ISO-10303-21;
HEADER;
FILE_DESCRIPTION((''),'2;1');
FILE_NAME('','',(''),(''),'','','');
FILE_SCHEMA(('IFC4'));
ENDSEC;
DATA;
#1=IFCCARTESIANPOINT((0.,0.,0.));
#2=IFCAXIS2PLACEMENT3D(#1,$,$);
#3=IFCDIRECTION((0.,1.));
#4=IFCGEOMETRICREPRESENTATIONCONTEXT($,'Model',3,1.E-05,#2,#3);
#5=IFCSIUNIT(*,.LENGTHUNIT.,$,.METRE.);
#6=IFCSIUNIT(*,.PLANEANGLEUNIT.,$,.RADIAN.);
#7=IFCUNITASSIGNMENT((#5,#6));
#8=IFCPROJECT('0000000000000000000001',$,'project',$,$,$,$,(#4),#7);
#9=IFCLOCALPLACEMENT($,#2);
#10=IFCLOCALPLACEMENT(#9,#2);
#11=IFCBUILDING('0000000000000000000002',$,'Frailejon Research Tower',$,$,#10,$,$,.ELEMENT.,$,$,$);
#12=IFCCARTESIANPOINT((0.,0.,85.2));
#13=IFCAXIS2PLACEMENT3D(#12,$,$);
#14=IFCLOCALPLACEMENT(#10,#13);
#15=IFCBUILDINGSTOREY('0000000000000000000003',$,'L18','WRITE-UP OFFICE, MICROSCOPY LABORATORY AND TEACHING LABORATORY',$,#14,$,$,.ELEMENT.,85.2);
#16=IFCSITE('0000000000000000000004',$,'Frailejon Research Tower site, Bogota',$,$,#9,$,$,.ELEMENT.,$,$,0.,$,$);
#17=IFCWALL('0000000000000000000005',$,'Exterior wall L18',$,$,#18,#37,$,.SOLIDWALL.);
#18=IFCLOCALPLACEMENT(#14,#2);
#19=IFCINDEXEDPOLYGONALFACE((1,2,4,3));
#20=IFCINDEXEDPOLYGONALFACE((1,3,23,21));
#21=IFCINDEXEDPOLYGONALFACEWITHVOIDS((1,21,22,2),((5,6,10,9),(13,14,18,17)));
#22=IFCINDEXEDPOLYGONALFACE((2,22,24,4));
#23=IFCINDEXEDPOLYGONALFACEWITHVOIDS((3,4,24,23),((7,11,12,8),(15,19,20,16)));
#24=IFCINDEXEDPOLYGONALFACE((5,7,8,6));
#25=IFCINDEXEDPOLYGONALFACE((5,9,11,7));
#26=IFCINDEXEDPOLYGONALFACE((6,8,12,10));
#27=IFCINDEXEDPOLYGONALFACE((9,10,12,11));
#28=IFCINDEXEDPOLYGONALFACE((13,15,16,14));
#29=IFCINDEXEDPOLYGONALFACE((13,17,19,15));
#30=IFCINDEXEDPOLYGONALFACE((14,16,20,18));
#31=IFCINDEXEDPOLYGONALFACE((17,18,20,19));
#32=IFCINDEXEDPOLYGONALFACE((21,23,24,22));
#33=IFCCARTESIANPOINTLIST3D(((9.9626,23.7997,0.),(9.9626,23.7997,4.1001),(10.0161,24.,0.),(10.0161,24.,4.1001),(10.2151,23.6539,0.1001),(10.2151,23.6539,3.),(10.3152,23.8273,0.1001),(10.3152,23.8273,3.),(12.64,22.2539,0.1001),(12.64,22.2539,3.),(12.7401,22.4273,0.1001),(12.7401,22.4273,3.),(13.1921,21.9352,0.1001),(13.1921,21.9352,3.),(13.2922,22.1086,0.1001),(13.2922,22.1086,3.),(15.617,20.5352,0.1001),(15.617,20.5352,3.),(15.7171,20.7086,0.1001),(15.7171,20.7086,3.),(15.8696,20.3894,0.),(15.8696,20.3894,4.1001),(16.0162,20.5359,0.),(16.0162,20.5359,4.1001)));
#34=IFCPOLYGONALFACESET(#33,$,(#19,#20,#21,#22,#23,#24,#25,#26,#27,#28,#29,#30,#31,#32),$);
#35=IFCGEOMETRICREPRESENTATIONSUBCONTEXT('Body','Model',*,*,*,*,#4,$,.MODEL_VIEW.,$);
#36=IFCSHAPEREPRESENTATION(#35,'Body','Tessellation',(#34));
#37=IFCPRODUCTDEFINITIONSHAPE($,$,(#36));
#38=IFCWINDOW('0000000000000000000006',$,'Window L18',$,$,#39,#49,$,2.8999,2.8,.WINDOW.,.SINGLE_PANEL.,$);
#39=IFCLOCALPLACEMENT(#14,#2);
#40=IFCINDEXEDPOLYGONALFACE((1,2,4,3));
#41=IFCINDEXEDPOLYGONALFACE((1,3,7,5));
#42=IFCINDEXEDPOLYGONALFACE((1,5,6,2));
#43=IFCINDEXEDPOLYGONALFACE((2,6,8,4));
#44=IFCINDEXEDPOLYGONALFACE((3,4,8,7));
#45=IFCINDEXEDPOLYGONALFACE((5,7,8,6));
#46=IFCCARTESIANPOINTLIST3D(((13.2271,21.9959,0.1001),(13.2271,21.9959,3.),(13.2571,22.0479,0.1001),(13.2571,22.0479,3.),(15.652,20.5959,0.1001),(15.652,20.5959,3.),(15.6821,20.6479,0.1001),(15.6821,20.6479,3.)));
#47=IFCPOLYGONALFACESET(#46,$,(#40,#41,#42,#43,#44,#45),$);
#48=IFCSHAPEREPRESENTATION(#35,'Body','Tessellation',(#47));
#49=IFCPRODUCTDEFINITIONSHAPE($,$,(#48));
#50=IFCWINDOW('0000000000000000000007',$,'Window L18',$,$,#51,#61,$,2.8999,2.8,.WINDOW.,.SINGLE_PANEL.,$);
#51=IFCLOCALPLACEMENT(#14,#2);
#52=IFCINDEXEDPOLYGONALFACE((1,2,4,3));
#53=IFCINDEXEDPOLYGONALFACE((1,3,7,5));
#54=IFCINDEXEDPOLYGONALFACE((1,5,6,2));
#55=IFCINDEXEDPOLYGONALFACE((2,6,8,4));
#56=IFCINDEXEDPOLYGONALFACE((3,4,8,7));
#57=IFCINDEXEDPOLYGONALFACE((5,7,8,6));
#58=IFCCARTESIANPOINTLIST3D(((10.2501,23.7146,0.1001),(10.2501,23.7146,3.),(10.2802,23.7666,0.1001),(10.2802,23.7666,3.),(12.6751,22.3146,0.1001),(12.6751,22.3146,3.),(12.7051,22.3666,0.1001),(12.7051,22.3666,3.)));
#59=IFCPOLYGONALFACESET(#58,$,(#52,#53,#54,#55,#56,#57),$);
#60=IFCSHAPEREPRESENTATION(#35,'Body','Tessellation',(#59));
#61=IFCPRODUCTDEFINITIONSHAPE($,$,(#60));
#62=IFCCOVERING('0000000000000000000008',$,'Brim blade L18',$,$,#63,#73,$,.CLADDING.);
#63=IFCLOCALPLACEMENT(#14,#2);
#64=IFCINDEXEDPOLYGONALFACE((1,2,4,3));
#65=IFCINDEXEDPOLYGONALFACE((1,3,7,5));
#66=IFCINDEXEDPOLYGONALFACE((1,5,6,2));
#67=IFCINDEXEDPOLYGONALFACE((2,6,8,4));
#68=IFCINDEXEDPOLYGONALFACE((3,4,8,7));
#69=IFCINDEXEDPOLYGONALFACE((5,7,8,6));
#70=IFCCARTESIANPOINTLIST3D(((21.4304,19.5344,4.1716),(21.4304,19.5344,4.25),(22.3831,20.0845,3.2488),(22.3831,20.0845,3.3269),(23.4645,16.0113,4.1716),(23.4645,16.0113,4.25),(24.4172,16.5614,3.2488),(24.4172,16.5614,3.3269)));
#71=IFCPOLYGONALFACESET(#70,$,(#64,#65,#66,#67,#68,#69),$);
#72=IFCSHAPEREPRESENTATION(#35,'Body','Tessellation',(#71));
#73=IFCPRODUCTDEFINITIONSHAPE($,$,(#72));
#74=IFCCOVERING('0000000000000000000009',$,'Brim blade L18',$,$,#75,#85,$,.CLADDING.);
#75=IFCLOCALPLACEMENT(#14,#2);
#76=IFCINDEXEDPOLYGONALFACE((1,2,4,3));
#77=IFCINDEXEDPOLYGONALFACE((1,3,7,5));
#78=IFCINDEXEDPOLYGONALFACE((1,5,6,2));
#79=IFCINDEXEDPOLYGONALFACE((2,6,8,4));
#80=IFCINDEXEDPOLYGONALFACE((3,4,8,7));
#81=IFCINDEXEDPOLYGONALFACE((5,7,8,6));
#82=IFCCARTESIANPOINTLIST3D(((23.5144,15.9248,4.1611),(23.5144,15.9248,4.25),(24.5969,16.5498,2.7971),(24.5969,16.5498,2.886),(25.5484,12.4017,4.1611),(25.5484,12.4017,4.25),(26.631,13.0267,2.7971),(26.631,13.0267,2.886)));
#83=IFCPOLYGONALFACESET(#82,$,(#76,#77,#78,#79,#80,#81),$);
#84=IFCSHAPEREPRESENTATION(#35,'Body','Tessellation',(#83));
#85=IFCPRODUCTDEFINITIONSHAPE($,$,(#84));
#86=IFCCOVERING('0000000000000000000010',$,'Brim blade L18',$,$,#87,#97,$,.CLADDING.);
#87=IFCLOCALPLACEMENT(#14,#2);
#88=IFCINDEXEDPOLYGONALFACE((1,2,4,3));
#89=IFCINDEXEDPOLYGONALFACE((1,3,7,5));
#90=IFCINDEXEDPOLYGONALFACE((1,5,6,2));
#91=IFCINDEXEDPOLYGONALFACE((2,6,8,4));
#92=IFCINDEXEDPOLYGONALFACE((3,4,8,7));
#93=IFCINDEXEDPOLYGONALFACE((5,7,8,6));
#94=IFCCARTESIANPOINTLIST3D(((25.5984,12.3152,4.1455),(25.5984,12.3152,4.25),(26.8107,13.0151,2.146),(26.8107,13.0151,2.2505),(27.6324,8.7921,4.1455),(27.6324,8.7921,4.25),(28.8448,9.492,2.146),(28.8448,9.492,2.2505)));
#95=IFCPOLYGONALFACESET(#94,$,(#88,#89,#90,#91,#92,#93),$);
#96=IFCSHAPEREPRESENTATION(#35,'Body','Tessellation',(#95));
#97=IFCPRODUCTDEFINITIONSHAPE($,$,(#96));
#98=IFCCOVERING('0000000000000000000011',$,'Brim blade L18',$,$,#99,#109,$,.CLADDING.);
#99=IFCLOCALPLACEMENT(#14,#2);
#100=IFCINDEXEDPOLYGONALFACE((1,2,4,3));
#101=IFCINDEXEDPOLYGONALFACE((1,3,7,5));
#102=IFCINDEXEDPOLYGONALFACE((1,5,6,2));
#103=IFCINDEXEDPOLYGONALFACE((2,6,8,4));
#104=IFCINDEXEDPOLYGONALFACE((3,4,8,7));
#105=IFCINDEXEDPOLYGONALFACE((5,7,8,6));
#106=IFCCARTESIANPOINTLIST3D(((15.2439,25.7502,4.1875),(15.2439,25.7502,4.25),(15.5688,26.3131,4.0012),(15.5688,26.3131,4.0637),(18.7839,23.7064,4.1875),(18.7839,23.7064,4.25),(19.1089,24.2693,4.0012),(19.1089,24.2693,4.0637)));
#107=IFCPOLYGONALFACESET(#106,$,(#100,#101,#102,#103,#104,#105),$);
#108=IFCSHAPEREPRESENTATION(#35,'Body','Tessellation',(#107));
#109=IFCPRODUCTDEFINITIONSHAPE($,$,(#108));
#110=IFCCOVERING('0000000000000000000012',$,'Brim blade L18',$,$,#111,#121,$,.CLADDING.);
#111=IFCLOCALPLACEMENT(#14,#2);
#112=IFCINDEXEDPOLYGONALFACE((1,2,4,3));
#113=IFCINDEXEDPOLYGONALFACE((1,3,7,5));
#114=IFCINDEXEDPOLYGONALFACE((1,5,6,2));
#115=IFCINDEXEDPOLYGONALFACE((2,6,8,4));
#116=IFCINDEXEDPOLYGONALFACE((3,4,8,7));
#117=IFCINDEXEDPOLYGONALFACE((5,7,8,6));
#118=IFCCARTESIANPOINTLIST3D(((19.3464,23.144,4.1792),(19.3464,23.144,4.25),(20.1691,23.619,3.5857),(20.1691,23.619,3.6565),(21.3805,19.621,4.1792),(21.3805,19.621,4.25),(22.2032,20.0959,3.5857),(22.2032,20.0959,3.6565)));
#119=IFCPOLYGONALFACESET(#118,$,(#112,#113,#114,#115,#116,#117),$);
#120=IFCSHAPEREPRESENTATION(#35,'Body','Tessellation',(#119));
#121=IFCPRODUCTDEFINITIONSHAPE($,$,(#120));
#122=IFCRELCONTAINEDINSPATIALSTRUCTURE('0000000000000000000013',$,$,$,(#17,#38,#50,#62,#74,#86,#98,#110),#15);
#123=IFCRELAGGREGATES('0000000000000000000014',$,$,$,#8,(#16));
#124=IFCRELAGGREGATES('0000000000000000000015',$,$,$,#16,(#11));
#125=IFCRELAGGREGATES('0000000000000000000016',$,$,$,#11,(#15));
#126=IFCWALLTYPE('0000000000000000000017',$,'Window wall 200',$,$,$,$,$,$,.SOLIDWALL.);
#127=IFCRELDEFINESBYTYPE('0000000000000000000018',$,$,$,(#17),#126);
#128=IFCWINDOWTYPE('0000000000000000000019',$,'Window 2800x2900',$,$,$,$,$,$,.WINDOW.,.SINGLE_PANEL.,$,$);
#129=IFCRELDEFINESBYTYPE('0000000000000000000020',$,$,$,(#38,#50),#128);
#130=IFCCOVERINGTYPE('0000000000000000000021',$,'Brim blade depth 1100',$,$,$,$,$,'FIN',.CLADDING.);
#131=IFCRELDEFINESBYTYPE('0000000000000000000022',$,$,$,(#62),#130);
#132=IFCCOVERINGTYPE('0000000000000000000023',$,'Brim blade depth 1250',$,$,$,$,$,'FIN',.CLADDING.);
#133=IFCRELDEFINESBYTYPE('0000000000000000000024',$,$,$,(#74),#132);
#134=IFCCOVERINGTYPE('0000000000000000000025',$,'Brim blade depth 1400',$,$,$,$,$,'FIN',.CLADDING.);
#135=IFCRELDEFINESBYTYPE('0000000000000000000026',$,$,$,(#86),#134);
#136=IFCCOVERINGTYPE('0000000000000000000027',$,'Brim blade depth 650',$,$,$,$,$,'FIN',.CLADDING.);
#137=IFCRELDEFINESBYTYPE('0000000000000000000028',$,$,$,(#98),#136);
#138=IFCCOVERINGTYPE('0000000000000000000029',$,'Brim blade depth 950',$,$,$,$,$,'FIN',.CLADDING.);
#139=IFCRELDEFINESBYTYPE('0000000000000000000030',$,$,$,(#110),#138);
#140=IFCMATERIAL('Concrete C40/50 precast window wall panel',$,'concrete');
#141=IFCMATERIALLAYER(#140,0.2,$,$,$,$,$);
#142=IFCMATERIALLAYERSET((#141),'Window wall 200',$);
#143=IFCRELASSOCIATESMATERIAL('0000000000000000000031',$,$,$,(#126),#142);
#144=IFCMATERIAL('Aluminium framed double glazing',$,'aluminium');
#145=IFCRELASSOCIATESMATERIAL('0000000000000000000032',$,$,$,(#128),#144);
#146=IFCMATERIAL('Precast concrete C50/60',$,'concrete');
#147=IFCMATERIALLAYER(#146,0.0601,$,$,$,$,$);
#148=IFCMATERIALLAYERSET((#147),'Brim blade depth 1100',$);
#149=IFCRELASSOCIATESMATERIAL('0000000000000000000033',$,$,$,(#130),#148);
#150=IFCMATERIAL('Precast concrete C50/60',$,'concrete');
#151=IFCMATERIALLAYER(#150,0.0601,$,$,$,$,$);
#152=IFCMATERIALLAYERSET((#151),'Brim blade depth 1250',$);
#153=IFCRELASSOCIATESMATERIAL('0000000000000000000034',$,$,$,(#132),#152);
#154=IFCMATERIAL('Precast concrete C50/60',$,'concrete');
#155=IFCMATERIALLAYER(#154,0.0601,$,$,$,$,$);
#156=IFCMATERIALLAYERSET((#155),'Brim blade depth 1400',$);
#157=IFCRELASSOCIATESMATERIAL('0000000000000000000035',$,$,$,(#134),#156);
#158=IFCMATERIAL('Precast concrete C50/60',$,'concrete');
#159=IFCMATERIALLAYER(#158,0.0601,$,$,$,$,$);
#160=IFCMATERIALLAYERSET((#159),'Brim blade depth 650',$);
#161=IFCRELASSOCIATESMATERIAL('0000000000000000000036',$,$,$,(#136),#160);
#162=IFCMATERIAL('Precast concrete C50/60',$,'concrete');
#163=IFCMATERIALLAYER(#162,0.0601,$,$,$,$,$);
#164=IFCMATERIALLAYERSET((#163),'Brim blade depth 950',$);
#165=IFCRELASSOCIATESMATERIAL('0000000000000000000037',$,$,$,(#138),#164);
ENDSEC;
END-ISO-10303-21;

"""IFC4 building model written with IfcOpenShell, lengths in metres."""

from ifc_helpers import new_model, si_unit, direction, frame, frame_2d, origin, place, context, subcontext, project, spatial, polyline, rectangle, outline, extrude, material, layer, layer_set, type_object, element, fill, save


model = new_model("IFC4")

# Units and contexts
model_context = context("Model", 3, precision=1e-05, world=origin(), true_north=direction((0.0, 1.0)))
body_context = subcontext(model_context, "Body", "Model", "MODEL_VIEW")
ifc_project = project(units=[si_unit("LENGTHUNIT", "METRE"), si_unit("PLANEANGLEUNIT", "RADIAN")], contexts=[model_context])

# Site, building, storey
site_placement = place(None, origin())
site = spatial("IfcSite", under=ifc_project, at=site_placement, Name="Frailejon Research Tower site, Bogota", CompositionType="ELEMENT", RefElevation=0.0)
building_placement = place(site_placement, origin())
building = spatial("IfcBuilding", under=site, at=building_placement, Name="Frailejon Research Tower", CompositionType="ELEMENT")
storey_placement = place(building_placement, frame((0.0, 0.0, 85.2)))
storey = spatial("IfcBuildingStorey", under=building, at=storey_placement, Name="L18", Description="WRITE-UP OFFICE, MICROSCOPY LABORATORY AND TEACHING LABORATORY", CompositionType="ELEMENT", Elevation=85.2)

# Wall, openings, windows
ifc_material_1 = material(Name="Concrete C40/50 precast window wall panel", Category="concrete")
ifc_layer_1 = layer(ifc_material_1, 0.2)
ifc_layer_set_1 = layer_set([ifc_layer_1], Name="Window wall 200")
wall_type_1 = type_object("IfcWallType", Name="Window wall 200", PredefinedType="SOLIDWALL", material=ifc_layer_set_1)
wall_1_placement = place(storey_placement, frame((15.9429, 20.4626, 0.0), z_axis=(0.0, 0.0, 1.0), x_axis=(-0.866029, 0.499993, 0.0)))
wall_1 = element("IfcWall", 1, at=wall_1_placement, inside=storey, type_object=wall_type_1, Name="Exterior wall L18", PredefinedType="SOLIDWALL", context=body_context, shape_type="SweptSolid", body=[
    extrude(outline(polyline([(-0.0269, -0.1001), (1.1279, -0.1001), (2.2825, -0.1001), (3.4373, -0.1001), (4.592, -0.1001), (5.7466, -0.1001), (6.9014, -0.1001), (6.8477, 0.1001), (5.7109, 0.1001), (4.574, 0.1001), (3.4373, 0.1001), (2.3005, 0.1001), (1.1636, 0.1001), (0.0269, 0.1001), (-0.0269, -0.1001)])), origin(), (0.0, 0.0, 1.0), 4.1001),
])
opening_1_placement = place(wall_1_placement, frame((0.3186, 0.0, 0.1001)))
opening_1 = element("IfcOpeningElement", 2, at=opening_1_placement, cuts=wall_1, PredefinedType="OPENING", context=body_context, shape_type="SweptSolid", body=[
    extrude(rectangle(XDim=2.8, YDim=2.8999, at=frame_2d((1.3999, 1.45))), frame((0.0, 0.1099, 0.0), z_axis=(0.0, -1.0, 0.0), x_axis=(1.0, 0.0, 0.0)), (0.0, 0.0, 1.0), 0.22),
])
opening_2_placement = place(wall_1_placement, frame((3.7561, 0.0, 0.1001)))
opening_2 = element("IfcOpeningElement", 3, at=opening_2_placement, cuts=wall_1, PredefinedType="OPENING", context=body_context, shape_type="SweptSolid", body=[
    extrude(rectangle(XDim=2.8, YDim=2.8999, at=frame_2d((1.3999, 1.45))), frame((0.0, 0.1099, 0.0), z_axis=(0.0, -1.0, 0.0), x_axis=(1.0, 0.0, 0.0)), (0.0, 0.0, 1.0), 0.22),
])
ifc_material_2 = material(Name="Aluminium framed double glazing", Category="aluminium")
window_type = type_object("IfcWindowType", Name="Window 2800x2900", PartitioningType="SINGLE_PANEL", PredefinedType="WINDOW", material=ifc_material_2)
window_1_placement = place(opening_1_placement, origin())
window_1 = element("IfcWindow", 4, at=window_1_placement, inside=storey, type_object=window_type, Name="Window L18", OverallHeight=2.8999, OverallWidth=2.8, PartitioningType="SINGLE_PANEL", PredefinedType="WINDOW", context=body_context, shape_type="SweptSolid", body=[
    extrude(rectangle(XDim=2.8, YDim=2.8999, at=frame_2d((1.3999, 1.45))), frame((0.0, 0.03, 0.0), z_axis=(0.0, -1.0, 0.0), x_axis=(1.0, 0.0, 0.0)), (0.0, 0.0, 1.0), 0.0601),
])
fill(opening_1, window_1)
window_2_placement = place(opening_2_placement, origin())
window_2 = element("IfcWindow", 5, at=window_2_placement, inside=storey, type_object=window_type, Name="Window L18", OverallHeight=2.8999, OverallWidth=2.8, PartitioningType="SINGLE_PANEL", PredefinedType="WINDOW", context=body_context, shape_type="SweptSolid", body=[
    extrude(rectangle(XDim=2.8, YDim=2.8999, at=frame_2d((1.3999, 1.45))), frame((0.0, 0.03, 0.0), z_axis=(0.0, -1.0, 0.0), x_axis=(1.0, 0.0, 0.0)), (0.0, 0.0, 1.0), 0.0601),
])
fill(opening_2, window_2)

# Coverings
ifc_material_3 = material(Name="Precast concrete C50/60", Category="concrete")
ifc_layer_2 = layer(ifc_material_3, 0.0601)
ifc_layer_set_2 = layer_set([ifc_layer_2], Name="Brim blade depth 1100")
covering_type_1 = type_object("IfcCoveringType", Name="Brim blade depth 1100", ElementType="FIN", PredefinedType="CLADDING", material=ifc_layer_set_2)
covering_1_placement = place(storey_placement, frame((21.4304, 19.5344, 4.25), z_axis=(0.500007, -0.866021, 0.0), x_axis=(0.866021, 0.500007, 0.0)))
element("IfcCovering", 6, at=covering_1_placement, inside=storey, type_object=covering_type_1, Name="Brim blade L18", PredefinedType="CLADDING", context=body_context, shape_type="SweptSolid", body=[
    extrude(outline(polyline([(0.0, -0.0784), (1.1001, -1.0012), (1.1001, -0.9231), (0.0, 0.0), (0.0, -0.0784)])), origin(), (0.0, 0.0, 1.0), 4.0681),
])
ifc_material_4 = material(Name="Precast concrete C50/60", Category="concrete")
ifc_layer_3 = layer(ifc_material_4, 0.0601)
ifc_layer_set_3 = layer_set([ifc_layer_3], Name="Brim blade depth 1250")
covering_type_2 = type_object("IfcCoveringType", Name="Brim blade depth 1250", ElementType="FIN", PredefinedType="CLADDING", material=ifc_layer_set_3)
covering_2_placement = place(storey_placement, frame((23.5144, 15.9248, 4.25), z_axis=(0.499989, -0.866032, 0.0), x_axis=(0.866032, 0.499989, 0.0)))
element("IfcCovering", 7, at=covering_2_placement, inside=storey, type_object=covering_type_2, Name="Brim blade L18", PredefinedType="CLADDING", context=body_context, shape_type="SweptSolid", body=[
    extrude(outline(polyline([(0.0, -0.0889), (1.25, -1.4529), (1.25, -1.364), (0.0, 0.0), (0.0, -0.0889)])), origin(), (0.0, 0.0, 1.0), 4.0681),
])
ifc_material_5 = material(Name="Precast concrete C50/60", Category="concrete")
ifc_layer_4 = layer(ifc_material_5, 0.0601)
ifc_layer_set_4 = layer_set([ifc_layer_4], Name="Brim blade depth 1400")
covering_type_3 = type_object("IfcCoveringType", Name="Brim blade depth 1400", ElementType="FIN", PredefinedType="CLADDING", material=ifc_layer_set_4)
covering_3_placement = place(storey_placement, frame((25.5984, 12.3152, 4.25), z_axis=(0.499999, -0.866026, 0.0), x_axis=(0.866026, 0.499999, 0.0)))
element("IfcCovering", 8, at=covering_3_placement, inside=storey, type_object=covering_type_3, Name="Brim blade L18", PredefinedType="CLADDING", context=body_context, shape_type="SweptSolid", body=[
    extrude(outline(polyline([(0.0, -0.1045), (1.3999, -2.104), (1.3999, -1.9995), (0.0, 0.0), (0.0, -0.1045)])), origin(), (0.0, 0.0, 1.0), 4.0681),
])
ifc_material_6 = material(Name="Precast concrete C50/60", Category="concrete")
ifc_layer_5 = layer(ifc_material_6, 0.0601)
ifc_layer_set_5 = layer_set([ifc_layer_5], Name="Brim blade depth 650")
covering_type_4 = type_object("IfcCoveringType", Name="Brim blade depth 650", ElementType="FIN", PredefinedType="CLADDING", material=ifc_layer_set_5)
covering_4_placement = place(storey_placement, frame((15.2439, 25.7502, 4.25), z_axis=(0.866027, -0.499997, 0.0), x_axis=(0.499997, 0.866027, 0.0)))
element("IfcCovering", 9, at=covering_4_placement, inside=storey, type_object=covering_type_4, Name="Brim blade L18", PredefinedType="CLADDING", context=body_context, shape_type="SweptSolid", body=[
    extrude(outline(polyline([(0.0, -0.0625), (0.6499, -0.2488), (0.6499, -0.1863), (0.0, 0.0), (0.0, -0.0625)])), origin(), (0.0, 0.0, 1.0), 4.0876),
])
ifc_material_7 = material(Name="Precast concrete C50/60", Category="concrete")
ifc_layer_6 = layer(ifc_material_7, 0.0601)
ifc_layer_set_6 = layer_set([ifc_layer_6], Name="Brim blade depth 950")
covering_type_5 = type_object("IfcCoveringType", Name="Brim blade depth 950", ElementType="FIN", PredefinedType="CLADDING", material=ifc_layer_set_6)
covering_5_placement = place(storey_placement, frame((19.3464, 23.144, 4.25), z_axis=(0.499999, -0.866026, 0.0), x_axis=(0.866026, 0.499999, 0.0)))
element("IfcCovering", 10, at=covering_5_placement, inside=storey, type_object=covering_type_5, Name="Brim blade L18", PredefinedType="CLADDING", context=body_context, shape_type="SweptSolid", body=[
    extrude(outline(polyline([(0.0, -0.0708), (0.95, -0.6643), (0.95, -0.5935), (0.0, 0.0), (0.0, -0.0708)])), origin(), (0.0, 0.0, 1.0), 4.0681),
])

save(model, "model.ifc")
